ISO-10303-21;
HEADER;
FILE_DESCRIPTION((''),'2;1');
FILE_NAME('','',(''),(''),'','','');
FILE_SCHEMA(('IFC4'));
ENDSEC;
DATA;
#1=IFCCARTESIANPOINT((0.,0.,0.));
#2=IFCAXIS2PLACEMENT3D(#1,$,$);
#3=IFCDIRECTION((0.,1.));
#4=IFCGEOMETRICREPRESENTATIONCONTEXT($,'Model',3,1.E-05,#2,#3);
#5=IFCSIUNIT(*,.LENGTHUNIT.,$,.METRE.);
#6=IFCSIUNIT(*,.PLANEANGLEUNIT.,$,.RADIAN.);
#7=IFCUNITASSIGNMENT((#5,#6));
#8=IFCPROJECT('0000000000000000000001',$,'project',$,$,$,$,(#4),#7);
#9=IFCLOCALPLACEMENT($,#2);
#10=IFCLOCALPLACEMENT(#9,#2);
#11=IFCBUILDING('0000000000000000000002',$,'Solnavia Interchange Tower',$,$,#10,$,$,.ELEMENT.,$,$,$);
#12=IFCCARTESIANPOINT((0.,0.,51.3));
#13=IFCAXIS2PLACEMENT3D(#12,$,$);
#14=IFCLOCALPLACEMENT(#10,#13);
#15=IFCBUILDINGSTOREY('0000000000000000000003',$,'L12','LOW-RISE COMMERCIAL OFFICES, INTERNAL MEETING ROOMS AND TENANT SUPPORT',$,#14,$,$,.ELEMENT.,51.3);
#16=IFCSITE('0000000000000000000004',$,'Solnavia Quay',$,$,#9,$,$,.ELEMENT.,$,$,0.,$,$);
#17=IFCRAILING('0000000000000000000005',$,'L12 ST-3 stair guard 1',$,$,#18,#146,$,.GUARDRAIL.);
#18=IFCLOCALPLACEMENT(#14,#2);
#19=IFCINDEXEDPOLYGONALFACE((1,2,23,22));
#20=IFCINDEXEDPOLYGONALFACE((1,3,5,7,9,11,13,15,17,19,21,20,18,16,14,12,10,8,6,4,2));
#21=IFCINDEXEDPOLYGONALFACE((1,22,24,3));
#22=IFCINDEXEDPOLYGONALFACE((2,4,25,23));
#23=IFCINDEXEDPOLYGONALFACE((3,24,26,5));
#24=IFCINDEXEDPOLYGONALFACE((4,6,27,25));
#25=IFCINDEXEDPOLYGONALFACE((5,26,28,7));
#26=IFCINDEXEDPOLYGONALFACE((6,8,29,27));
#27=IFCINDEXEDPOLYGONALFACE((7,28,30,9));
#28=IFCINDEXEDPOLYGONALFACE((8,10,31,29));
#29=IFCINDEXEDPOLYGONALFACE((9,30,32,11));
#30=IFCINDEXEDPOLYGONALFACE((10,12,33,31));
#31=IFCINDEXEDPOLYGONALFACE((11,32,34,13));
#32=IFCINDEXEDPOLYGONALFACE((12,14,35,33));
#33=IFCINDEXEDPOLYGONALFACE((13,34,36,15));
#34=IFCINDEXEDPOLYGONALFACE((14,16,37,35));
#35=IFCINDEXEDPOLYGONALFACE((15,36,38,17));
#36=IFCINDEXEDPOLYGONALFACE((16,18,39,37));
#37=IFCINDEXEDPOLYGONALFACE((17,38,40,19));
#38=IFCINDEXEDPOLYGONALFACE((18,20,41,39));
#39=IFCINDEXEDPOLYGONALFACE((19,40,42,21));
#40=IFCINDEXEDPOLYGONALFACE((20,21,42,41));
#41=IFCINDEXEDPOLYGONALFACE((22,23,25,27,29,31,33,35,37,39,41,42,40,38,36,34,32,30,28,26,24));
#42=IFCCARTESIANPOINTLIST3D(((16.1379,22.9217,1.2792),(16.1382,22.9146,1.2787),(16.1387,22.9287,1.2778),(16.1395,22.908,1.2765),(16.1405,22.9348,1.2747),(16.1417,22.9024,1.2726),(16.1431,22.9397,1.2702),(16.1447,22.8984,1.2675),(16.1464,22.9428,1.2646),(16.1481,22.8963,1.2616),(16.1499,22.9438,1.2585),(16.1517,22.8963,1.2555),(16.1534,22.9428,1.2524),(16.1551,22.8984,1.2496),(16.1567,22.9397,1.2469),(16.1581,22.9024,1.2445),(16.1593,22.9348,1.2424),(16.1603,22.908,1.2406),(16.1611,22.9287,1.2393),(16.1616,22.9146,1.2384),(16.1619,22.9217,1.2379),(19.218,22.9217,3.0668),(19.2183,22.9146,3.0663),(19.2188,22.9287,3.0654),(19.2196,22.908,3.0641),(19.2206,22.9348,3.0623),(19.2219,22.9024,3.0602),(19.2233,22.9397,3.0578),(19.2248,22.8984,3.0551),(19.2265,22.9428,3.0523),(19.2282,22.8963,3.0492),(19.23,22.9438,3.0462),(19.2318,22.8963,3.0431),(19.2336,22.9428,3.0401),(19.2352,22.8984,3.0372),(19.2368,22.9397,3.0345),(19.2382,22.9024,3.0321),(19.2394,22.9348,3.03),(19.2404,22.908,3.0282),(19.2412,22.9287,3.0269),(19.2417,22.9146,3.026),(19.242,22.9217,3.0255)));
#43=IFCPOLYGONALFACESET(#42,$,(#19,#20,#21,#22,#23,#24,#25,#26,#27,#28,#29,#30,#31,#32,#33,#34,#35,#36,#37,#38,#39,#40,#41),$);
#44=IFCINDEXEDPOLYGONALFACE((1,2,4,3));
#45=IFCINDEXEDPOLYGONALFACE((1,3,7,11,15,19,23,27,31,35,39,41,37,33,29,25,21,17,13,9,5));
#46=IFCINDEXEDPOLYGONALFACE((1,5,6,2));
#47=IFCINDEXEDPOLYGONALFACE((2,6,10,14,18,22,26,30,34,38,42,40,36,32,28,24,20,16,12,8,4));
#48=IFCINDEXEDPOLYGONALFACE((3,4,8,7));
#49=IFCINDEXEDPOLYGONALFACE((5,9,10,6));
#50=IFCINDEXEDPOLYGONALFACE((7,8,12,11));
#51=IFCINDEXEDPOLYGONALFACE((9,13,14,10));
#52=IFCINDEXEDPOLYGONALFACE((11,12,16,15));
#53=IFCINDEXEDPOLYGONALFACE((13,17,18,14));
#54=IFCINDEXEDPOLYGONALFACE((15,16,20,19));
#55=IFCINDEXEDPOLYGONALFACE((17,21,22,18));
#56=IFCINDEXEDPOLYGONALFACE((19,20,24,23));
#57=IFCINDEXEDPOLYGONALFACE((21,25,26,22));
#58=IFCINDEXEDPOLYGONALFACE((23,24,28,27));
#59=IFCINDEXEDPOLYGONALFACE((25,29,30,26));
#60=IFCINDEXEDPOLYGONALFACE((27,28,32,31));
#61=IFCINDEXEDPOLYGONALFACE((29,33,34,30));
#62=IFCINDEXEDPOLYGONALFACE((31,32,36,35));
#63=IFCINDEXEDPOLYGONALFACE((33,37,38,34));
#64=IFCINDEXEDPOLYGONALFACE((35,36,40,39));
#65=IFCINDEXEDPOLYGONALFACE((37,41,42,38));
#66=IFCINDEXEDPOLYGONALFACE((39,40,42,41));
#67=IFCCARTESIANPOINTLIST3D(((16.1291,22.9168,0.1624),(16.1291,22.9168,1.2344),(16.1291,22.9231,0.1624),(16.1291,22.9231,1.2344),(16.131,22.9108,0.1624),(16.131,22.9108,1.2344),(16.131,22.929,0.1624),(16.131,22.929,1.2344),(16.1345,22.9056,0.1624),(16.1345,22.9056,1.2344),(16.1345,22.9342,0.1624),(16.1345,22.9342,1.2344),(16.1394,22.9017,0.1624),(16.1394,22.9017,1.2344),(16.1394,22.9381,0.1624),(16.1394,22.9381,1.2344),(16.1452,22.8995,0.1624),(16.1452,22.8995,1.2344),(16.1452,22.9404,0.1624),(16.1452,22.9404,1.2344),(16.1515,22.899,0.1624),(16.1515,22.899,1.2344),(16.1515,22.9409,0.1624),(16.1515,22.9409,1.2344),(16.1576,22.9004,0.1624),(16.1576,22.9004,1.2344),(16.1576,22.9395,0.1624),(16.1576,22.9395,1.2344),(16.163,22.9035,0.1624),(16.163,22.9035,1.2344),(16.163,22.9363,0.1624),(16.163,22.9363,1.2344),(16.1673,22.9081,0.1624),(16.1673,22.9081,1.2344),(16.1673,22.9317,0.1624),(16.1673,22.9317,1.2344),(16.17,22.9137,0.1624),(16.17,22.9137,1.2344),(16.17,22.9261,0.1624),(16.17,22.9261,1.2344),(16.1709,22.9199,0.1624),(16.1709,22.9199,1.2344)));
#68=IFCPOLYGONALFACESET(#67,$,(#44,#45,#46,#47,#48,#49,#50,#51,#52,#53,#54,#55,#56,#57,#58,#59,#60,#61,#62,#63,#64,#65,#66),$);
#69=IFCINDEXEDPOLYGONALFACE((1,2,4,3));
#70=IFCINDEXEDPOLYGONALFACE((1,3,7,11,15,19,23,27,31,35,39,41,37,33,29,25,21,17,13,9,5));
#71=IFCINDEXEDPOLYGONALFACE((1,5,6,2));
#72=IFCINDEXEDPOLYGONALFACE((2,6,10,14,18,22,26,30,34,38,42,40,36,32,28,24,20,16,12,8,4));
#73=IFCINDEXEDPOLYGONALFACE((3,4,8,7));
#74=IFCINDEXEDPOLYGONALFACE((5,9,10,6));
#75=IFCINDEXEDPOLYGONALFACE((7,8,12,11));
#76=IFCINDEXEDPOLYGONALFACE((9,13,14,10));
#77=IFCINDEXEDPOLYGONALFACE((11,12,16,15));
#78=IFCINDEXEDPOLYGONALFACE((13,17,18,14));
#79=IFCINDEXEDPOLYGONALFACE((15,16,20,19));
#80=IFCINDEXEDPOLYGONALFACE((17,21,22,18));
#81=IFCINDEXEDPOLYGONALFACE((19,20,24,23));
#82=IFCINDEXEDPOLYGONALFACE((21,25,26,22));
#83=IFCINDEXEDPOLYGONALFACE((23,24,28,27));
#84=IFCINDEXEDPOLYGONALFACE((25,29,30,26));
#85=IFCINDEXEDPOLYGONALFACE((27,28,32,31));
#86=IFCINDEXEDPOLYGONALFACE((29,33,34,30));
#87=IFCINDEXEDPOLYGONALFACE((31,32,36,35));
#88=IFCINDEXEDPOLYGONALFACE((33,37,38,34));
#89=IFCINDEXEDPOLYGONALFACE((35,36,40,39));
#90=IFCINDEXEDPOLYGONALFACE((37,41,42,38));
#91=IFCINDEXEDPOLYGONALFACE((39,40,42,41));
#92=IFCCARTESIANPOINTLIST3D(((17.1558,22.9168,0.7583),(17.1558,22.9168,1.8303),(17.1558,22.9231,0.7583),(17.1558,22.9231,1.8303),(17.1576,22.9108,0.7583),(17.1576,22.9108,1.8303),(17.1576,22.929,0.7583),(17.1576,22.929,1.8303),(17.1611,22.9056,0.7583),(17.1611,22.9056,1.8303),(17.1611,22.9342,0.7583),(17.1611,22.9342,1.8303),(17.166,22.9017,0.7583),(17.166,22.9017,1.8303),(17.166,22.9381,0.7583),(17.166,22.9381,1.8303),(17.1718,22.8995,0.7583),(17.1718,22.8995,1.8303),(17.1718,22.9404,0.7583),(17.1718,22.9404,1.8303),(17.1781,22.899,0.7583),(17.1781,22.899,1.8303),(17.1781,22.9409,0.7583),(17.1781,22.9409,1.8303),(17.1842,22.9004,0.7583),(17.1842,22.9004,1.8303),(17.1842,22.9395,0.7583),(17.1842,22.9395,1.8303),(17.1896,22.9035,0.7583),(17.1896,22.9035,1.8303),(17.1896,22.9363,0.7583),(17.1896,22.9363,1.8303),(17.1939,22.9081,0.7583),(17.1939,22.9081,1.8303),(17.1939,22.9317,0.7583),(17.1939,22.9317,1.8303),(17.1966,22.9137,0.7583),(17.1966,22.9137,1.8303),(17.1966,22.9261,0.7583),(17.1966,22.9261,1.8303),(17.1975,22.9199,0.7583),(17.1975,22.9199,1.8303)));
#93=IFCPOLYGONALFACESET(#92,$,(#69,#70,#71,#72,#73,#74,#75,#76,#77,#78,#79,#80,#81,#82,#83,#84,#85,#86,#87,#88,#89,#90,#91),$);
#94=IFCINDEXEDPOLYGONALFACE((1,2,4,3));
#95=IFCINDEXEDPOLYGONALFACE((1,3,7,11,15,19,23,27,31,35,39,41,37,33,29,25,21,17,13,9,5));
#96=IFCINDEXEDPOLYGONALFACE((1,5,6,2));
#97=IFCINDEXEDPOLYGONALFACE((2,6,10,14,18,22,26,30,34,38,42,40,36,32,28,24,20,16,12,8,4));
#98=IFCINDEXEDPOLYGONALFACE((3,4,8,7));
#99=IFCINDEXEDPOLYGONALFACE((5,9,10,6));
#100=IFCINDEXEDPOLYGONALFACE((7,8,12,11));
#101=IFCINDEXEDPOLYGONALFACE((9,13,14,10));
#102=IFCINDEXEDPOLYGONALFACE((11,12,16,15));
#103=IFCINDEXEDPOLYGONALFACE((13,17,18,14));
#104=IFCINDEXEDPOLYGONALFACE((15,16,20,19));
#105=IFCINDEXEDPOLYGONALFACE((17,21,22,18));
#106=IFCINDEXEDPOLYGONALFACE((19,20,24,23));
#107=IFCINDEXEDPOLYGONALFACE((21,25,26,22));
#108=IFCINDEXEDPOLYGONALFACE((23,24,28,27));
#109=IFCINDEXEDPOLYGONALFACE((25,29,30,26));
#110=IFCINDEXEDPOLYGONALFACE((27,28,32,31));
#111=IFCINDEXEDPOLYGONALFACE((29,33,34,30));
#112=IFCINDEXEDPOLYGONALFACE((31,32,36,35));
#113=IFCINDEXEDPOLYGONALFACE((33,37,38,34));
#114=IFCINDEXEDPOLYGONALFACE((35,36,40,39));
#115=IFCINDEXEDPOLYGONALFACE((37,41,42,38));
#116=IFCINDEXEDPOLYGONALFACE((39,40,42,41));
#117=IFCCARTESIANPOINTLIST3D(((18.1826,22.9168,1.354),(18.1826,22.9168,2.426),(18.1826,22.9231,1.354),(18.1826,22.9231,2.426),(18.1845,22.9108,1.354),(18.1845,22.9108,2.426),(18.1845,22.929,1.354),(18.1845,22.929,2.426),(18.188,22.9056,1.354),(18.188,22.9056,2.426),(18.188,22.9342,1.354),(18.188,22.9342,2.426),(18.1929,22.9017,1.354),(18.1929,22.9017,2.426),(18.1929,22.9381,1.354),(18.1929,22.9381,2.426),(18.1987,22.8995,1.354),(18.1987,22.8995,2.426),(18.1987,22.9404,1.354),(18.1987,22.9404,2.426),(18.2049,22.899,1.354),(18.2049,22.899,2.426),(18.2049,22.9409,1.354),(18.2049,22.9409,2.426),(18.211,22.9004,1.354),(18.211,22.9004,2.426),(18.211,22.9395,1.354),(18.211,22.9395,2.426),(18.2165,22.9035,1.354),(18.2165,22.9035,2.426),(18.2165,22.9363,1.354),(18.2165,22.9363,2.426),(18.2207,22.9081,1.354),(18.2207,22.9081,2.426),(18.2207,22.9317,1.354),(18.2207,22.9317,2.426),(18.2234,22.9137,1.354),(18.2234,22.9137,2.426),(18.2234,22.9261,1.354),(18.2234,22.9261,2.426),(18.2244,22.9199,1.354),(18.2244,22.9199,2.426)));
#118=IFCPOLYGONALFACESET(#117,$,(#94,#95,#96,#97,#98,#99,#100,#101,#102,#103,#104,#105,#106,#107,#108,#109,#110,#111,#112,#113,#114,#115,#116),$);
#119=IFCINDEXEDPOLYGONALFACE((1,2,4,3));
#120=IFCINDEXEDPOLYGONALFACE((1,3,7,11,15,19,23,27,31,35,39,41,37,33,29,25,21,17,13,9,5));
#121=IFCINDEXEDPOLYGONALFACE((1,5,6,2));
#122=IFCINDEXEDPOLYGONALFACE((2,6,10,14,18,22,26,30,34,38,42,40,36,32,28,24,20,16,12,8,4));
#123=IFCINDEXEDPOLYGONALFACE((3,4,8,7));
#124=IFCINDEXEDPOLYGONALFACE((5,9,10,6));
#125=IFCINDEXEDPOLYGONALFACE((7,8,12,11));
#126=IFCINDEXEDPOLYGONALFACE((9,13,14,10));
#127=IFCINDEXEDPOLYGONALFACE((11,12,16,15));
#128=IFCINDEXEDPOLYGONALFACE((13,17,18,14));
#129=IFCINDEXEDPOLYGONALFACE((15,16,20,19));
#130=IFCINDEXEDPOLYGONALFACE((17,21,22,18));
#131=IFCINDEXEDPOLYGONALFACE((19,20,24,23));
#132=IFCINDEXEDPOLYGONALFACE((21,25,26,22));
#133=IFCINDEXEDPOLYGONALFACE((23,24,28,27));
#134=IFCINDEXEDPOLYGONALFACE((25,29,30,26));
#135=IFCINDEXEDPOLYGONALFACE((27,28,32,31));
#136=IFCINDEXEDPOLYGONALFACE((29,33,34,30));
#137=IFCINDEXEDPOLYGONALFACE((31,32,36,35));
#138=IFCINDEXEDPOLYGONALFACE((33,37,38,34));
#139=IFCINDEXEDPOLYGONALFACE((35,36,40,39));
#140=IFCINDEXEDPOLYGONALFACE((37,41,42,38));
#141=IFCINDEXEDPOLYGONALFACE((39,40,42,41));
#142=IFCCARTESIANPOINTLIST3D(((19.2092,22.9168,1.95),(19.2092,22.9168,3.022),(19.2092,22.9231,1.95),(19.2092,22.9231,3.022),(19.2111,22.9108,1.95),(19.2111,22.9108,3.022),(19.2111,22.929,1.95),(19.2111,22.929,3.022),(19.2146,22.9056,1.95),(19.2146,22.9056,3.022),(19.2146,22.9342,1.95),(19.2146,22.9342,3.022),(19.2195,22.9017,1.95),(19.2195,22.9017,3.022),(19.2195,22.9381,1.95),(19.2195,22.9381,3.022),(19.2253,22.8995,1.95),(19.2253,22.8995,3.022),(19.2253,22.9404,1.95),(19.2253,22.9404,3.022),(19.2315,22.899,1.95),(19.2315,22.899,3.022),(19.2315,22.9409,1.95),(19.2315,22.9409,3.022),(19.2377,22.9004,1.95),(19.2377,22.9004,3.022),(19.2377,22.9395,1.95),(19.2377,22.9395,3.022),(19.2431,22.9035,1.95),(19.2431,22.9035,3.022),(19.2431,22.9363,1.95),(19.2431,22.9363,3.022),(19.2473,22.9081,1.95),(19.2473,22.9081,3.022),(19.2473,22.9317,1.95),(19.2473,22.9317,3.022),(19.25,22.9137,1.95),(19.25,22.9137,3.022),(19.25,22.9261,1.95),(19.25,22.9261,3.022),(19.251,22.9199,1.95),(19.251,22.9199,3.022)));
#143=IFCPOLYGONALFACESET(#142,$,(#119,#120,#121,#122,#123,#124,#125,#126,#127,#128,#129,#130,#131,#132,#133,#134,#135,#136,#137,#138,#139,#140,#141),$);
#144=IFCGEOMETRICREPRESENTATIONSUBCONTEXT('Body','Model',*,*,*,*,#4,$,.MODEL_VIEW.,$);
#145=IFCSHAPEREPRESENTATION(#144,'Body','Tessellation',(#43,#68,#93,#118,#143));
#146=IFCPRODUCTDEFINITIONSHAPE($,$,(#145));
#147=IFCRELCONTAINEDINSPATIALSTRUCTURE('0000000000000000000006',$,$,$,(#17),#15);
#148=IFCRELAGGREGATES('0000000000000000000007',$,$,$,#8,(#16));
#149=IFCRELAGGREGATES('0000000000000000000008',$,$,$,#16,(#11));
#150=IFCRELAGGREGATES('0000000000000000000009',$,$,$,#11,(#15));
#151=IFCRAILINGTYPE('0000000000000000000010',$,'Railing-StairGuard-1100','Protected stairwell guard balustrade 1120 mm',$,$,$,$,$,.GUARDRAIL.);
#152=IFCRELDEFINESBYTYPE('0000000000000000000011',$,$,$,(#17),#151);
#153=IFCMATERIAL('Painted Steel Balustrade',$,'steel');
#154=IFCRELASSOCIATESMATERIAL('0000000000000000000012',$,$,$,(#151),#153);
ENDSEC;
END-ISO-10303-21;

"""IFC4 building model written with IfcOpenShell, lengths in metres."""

from ifc_helpers import new_model, si_unit, direction, frame, origin, origin_2d, place, context, subcontext, project, spatial, circle, extrude, material, type_object, element, save


model = new_model("IFC4")

# Units and contexts
model_context = context("Model", 3, precision=1e-05, world=origin(), true_north=direction((0.0, 1.0)))
body_context = subcontext(model_context, "Body", "Model", "MODEL_VIEW")
ifc_project = project(units=[si_unit("LENGTHUNIT", "METRE"), si_unit("PLANEANGLEUNIT", "RADIAN")], contexts=[model_context])

# Site, building, storey
site_placement = place(None, origin())
site = spatial("IfcSite", under=ifc_project, at=site_placement, Name="Solnavia Quay", CompositionType="ELEMENT", RefElevation=0.0)
building_placement = place(site_placement, origin())
building = spatial("IfcBuilding", under=site, at=building_placement, Name="Solnavia Interchange Tower", CompositionType="ELEMENT")
storey_placement = place(building_placement, frame((0.0, 0.0, 51.3)))
storey = spatial("IfcBuildingStorey", under=building, at=storey_placement, Name="L12", Description="LOW-RISE COMMERCIAL OFFICES, INTERNAL MEETING ROOMS AND TENANT SUPPORT", CompositionType="ELEMENT", Elevation=51.3)

# Railing
ifc_material_1 = material(Name="Painted Steel Balustrade", Category="steel")
railing_type_1 = type_object("IfcRailingType", Name="Railing-StairGuard-1100", Description="Protected stairwell guard balustrade 1120 mm", PredefinedType="GUARDRAIL", material=ifc_material_1)
railing_1_placement = place(storey_placement, frame((16.1499, 22.9199, 0.1624)))
element("IfcRailing", 1, at=railing_1_placement, inside=storey, type_object=railing_type_1, Name="L12 ST-3 stair guard 1", PredefinedType="GUARDRAIL", context=body_context, shape_type="SweptSolid", body=[
    extrude(circle(Radius=0.0239, at=origin_2d()), frame((0.0, 0.0, 1.0962), z_axis=(0.864891, 0.0, 0.50196), x_axis=(0.0, 1.0, 0.0)), (0.0, 0.0, 1.0), 3.5613),
    extrude(circle(Radius=0.021, at=origin_2d()), origin(), (0.0, 0.0, 1.0), 1.072),
    extrude(circle(Radius=0.021, at=origin_2d()), frame((1.0266, 0.0, 0.5959)), (0.0, 0.0, 1.0), 1.072),
    extrude(circle(Radius=0.021, at=origin_2d()), frame((2.0535, 0.0, 1.1917)), (0.0, 0.0, 1.0), 1.072),
    extrude(circle(Radius=0.021, at=origin_2d()), frame((3.0801, 0.0, 1.7876)), (0.0, 0.0, 1.0), 1.072),
])

save(model, "model.ifc")
